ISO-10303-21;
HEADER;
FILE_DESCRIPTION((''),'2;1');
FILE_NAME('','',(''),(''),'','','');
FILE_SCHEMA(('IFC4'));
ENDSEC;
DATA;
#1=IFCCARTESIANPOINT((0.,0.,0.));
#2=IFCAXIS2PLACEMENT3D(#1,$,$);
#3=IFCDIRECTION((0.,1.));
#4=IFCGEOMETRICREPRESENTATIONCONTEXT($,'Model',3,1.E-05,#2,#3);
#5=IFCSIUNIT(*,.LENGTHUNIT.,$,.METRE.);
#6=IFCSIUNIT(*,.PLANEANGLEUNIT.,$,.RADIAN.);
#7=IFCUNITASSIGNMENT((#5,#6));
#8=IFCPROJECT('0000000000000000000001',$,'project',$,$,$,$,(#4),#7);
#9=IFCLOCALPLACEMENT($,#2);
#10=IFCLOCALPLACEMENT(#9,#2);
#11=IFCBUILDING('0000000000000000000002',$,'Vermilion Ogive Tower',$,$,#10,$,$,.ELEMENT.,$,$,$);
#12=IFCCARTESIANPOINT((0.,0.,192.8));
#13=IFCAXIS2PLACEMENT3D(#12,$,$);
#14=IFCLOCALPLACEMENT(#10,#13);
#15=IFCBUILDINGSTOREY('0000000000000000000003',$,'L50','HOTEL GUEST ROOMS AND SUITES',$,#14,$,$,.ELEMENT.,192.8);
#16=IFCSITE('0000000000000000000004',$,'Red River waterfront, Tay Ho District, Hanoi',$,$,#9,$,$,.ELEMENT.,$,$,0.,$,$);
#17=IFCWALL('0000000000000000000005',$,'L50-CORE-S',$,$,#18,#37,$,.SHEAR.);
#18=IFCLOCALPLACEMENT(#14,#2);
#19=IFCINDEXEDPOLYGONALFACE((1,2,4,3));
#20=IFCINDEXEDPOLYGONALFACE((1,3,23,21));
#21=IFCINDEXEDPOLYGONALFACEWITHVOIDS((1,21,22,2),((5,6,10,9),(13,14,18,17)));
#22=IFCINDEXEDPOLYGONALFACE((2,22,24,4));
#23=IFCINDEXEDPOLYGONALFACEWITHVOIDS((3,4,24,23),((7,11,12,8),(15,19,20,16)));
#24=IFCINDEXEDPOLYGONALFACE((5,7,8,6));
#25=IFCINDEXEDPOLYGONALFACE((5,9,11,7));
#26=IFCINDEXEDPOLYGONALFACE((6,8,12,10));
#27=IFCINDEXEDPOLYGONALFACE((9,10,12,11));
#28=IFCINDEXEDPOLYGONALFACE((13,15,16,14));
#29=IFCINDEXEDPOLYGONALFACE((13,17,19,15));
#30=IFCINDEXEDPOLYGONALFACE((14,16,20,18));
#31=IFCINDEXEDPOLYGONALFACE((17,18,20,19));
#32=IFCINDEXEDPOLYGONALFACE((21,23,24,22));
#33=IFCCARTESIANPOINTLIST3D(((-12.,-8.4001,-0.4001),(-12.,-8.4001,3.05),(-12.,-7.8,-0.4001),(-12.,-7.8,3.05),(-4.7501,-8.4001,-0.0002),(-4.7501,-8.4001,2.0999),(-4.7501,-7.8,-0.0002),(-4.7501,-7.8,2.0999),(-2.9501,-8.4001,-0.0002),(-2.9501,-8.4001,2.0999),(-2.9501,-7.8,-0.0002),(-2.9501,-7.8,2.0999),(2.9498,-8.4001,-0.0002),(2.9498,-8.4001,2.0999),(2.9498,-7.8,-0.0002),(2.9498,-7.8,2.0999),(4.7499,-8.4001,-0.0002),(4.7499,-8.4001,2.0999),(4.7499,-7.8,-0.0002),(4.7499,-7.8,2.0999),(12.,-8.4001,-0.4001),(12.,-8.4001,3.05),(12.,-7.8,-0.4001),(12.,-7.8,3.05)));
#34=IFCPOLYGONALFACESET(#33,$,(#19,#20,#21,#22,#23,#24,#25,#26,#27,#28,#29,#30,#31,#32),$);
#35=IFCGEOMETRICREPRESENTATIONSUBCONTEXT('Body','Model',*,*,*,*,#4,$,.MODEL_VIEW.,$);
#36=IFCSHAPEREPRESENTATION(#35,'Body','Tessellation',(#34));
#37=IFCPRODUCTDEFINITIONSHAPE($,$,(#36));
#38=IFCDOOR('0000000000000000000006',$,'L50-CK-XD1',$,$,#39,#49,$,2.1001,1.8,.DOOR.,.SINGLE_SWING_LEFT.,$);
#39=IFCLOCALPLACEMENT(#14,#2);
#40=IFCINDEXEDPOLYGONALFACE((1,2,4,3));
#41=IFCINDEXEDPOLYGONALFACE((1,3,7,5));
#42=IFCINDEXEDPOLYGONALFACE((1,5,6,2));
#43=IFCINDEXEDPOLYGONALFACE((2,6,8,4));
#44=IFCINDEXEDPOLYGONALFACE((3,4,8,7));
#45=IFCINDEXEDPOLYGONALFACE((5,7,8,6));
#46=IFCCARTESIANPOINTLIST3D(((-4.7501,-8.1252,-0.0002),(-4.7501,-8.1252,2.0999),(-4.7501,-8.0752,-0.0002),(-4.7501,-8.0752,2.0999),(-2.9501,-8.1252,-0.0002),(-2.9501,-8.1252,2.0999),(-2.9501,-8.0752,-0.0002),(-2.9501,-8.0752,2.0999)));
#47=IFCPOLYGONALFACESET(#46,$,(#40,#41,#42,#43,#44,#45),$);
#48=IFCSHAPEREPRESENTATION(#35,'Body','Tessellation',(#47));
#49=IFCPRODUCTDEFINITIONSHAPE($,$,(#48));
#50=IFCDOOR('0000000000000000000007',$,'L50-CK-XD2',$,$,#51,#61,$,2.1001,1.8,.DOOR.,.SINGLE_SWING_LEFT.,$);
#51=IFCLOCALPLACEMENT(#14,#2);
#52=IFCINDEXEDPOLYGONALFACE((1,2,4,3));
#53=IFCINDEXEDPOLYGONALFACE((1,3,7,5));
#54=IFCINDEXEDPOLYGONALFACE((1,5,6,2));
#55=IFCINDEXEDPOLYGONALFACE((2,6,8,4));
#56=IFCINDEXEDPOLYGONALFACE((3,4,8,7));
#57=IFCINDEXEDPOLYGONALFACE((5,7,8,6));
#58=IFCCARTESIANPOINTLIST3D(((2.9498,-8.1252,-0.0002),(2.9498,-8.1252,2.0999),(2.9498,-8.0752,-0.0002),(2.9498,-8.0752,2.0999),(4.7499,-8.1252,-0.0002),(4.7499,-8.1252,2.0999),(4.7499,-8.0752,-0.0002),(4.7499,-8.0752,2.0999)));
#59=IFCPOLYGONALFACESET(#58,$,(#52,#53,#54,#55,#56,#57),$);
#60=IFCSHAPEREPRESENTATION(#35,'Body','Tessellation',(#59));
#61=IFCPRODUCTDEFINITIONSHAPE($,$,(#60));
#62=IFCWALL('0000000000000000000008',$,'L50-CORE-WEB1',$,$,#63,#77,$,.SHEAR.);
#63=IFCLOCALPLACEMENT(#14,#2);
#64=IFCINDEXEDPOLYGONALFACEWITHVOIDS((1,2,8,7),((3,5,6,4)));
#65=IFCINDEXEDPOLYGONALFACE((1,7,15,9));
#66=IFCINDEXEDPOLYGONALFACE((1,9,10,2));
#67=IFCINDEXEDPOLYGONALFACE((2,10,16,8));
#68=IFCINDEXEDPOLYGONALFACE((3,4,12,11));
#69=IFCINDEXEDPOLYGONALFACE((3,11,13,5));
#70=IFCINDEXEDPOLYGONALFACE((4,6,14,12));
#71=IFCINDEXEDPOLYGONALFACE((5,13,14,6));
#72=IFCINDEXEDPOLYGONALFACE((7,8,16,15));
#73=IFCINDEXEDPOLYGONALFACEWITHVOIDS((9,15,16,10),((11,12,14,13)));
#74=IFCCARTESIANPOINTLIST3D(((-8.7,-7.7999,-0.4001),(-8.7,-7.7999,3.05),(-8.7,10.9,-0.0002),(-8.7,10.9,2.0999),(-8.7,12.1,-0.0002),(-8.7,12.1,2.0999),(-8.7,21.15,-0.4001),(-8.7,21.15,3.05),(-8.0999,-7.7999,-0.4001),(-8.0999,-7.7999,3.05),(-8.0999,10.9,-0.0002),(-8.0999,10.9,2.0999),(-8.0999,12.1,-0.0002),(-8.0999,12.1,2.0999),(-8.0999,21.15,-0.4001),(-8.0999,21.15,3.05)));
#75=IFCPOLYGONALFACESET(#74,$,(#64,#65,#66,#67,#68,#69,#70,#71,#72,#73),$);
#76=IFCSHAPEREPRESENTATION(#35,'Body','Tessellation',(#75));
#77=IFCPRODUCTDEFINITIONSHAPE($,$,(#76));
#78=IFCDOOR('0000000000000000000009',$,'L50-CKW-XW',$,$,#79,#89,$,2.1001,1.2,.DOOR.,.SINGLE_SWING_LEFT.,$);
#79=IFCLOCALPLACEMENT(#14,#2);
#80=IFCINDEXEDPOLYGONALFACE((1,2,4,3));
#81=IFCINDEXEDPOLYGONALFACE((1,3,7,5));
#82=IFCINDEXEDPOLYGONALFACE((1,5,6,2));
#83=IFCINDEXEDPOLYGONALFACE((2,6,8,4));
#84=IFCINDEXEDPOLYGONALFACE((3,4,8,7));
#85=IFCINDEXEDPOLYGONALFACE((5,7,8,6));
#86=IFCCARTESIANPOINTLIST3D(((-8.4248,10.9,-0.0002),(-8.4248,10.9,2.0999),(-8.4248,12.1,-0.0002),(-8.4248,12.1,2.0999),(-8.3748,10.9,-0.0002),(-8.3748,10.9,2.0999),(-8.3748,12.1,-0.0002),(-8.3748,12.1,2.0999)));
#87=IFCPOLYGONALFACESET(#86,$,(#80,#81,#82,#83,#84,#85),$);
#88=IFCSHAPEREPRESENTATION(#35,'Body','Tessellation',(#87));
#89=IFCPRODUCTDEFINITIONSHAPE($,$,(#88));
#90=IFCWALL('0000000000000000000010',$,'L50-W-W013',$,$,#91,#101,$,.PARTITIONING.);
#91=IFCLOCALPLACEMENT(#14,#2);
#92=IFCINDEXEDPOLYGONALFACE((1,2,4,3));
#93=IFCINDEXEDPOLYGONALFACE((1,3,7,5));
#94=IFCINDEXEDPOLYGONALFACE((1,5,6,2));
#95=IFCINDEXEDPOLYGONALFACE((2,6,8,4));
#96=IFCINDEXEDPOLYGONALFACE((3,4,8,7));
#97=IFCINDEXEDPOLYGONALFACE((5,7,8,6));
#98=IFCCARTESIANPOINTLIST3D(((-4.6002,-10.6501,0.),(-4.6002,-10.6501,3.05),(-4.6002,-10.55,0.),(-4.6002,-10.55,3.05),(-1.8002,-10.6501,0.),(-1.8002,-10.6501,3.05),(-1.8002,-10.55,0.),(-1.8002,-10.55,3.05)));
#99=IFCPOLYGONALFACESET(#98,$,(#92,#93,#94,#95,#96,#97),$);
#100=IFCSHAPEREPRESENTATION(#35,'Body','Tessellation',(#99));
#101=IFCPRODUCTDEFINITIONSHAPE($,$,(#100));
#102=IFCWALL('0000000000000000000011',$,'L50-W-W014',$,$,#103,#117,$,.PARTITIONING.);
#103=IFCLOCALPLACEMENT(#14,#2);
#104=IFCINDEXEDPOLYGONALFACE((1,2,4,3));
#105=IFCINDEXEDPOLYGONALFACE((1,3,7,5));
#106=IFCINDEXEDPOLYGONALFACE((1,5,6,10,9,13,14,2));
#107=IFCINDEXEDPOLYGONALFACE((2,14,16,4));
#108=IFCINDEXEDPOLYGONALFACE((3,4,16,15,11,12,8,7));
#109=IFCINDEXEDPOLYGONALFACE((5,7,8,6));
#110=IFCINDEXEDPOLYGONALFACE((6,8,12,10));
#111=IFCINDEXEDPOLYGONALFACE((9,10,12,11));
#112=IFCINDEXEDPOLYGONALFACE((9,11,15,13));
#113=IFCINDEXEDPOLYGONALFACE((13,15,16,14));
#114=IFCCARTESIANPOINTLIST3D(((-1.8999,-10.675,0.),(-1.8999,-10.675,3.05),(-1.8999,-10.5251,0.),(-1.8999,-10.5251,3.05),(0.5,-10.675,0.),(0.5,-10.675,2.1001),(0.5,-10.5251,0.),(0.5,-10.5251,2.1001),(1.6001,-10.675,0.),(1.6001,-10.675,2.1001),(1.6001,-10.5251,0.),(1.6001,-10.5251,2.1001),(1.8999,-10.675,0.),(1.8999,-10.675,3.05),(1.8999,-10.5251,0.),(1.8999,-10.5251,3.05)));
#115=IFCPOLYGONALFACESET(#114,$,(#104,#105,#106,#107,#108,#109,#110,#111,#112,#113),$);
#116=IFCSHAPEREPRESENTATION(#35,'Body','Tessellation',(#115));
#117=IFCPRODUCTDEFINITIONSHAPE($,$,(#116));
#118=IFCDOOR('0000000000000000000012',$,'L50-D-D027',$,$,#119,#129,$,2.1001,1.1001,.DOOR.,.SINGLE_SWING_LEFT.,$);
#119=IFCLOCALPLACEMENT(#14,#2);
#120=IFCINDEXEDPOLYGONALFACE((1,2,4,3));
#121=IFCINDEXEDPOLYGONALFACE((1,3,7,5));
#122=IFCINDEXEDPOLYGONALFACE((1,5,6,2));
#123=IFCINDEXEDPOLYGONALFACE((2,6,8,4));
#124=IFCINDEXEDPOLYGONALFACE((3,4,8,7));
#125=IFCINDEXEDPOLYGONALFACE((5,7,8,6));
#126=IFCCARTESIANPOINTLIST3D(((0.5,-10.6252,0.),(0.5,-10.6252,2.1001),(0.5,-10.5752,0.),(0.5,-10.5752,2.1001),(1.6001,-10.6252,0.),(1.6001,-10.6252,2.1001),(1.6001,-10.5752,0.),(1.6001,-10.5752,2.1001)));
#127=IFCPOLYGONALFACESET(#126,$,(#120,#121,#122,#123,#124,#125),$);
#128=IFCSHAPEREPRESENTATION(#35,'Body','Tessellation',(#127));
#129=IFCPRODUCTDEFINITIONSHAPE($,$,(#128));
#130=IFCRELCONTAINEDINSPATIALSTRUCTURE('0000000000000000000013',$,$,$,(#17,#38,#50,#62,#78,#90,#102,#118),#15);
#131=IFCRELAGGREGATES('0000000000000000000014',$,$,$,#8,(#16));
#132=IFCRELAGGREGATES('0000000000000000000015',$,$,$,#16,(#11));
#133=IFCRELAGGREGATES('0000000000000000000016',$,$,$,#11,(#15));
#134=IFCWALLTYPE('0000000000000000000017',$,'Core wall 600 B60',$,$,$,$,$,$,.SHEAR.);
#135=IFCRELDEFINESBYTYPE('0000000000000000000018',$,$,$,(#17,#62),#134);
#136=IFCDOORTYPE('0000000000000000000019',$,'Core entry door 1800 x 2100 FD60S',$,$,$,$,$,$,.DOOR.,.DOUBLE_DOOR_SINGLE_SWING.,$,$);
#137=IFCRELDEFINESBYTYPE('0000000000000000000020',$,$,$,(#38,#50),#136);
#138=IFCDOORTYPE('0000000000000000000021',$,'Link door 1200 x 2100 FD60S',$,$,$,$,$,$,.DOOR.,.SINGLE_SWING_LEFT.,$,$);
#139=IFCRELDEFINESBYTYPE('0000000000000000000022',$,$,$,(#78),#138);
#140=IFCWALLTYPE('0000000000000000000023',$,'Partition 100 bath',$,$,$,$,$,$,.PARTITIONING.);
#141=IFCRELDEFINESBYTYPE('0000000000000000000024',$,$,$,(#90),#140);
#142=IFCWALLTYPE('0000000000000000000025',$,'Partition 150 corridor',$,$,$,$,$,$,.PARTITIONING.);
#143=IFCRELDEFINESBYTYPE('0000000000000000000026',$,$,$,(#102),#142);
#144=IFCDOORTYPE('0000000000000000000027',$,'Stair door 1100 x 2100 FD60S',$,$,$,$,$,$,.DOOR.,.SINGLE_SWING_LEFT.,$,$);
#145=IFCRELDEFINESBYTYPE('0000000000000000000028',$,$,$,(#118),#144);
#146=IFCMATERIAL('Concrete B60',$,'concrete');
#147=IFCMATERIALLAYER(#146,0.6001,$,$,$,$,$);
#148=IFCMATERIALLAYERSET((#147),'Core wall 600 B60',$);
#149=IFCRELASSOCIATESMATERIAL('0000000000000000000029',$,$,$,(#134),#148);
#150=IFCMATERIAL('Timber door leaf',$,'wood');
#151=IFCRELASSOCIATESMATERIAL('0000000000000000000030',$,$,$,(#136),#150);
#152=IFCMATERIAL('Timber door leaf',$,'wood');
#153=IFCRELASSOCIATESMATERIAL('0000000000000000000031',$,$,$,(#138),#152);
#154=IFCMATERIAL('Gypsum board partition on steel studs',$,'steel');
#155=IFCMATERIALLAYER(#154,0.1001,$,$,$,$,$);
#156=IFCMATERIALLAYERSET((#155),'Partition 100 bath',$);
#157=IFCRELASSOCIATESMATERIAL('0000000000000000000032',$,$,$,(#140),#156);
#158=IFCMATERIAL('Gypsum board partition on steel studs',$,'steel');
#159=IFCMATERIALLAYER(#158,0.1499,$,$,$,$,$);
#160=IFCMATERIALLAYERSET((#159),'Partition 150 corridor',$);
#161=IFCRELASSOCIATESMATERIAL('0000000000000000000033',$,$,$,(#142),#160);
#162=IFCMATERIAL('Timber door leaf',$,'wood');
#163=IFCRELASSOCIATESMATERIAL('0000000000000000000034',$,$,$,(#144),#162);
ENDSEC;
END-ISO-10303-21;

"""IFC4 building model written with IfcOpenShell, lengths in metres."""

from ifc_helpers import new_model, si_unit, direction, frame, frame_2d, origin, place, context, subcontext, project, spatial, rectangle, extrude, material, layer, layer_set, type_object, element, fill, save


model = new_model("IFC4")

# Units and contexts
model_context = context("Model", 3, precision=1e-05, world=origin(), true_north=direction((0.0, 1.0)))
body_context = subcontext(model_context, "Body", "Model", "MODEL_VIEW")
ifc_project = project(units=[si_unit("LENGTHUNIT", "METRE"), si_unit("PLANEANGLEUNIT", "RADIAN")], contexts=[model_context])

# Site, building, storey
site_placement = place(None, origin())
site = spatial("IfcSite", under=ifc_project, at=site_placement, Name="Red River waterfront, Tay Ho District, Hanoi", CompositionType="ELEMENT", RefElevation=0.0)
building_placement = place(site_placement, origin())
building = spatial("IfcBuilding", under=site, at=building_placement, Name="Vermilion Ogive Tower", CompositionType="ELEMENT")
storey_placement = place(building_placement, frame((0.0, 0.0, 192.8)))
storey = spatial("IfcBuildingStorey", under=building, at=storey_placement, Name="L50", Description="HOTEL GUEST ROOMS AND SUITES", CompositionType="ELEMENT", Elevation=192.8)

# Wall, openings, doors
ifc_material_1 = material(Name="Concrete B60", Category="concrete")
ifc_layer_1 = layer(ifc_material_1, 0.6001)
ifc_layer_set_1 = layer_set([ifc_layer_1], Name="Core wall 600 B60")
wall_type_1 = type_object("IfcWallType", Name="Core wall 600 B60", PredefinedType="SHEAR", material=ifc_layer_set_1)
wall_1_placement = place(storey_placement, frame((-12.0, -8.1001, -0.4001), z_axis=(0.0, 0.0, 1.0), x_axis=(1.0, 0.0, 0.0)))
wall_1 = element("IfcWall", 1, at=wall_1_placement, inside=storey, type_object=wall_type_1, Name="L50-CORE-S", PredefinedType="SHEAR", context=body_context, shape_type="SweptSolid", body=[
    extrude(rectangle(XDim=24.0, YDim=0.6001, at=frame_2d((12.0, 0.0))), origin(), (0.0, 0.0, 1.0), 3.4502),
])
opening_1_placement = place(wall_1_placement, frame((7.25, 0.0, 0.3999)))
opening_1 = element("IfcOpeningElement", 2, at=opening_1_placement, cuts=wall_1, PredefinedType="OPENING", context=body_context, shape_type="SweptSolid", body=[
    extrude(rectangle(XDim=1.8, YDim=2.1001, at=frame_2d((0.8999, 1.05))), frame((0.0, 0.3101, 0.0), z_axis=(0.0, -1.0, 0.0), x_axis=(1.0, 0.0, 0.0)), (0.0, 0.0, 1.0), 0.6201),
])
opening_2_placement = place(wall_1_placement, frame((14.95, 0.0, 0.3999)))
opening_2 = element("IfcOpeningElement", 3, at=opening_2_placement, cuts=wall_1, PredefinedType="OPENING", context=body_context, shape_type="SweptSolid", body=[
    extrude(rectangle(XDim=1.8, YDim=2.1001, at=frame_2d((0.8999, 1.05))), frame((0.0, 0.3101, 0.0), z_axis=(0.0, -1.0, 0.0), x_axis=(1.0, 0.0, 0.0)), (0.0, 0.0, 1.0), 0.6201),
])
ifc_material_2 = material(Name="Timber door leaf", Category="wood")
door_type_1 = type_object("IfcDoorType", Name="Core entry door 1800 x 2100 FD60S", OperationType="DOUBLE_DOOR_SINGLE_SWING", PredefinedType="DOOR", material=ifc_material_2)
door_1_placement = place(opening_1_placement, origin())
door_1 = element("IfcDoor", 4, at=door_1_placement, inside=storey, type_object=door_type_1, Name="L50-CK-XD1", OperationType="SINGLE_SWING_LEFT", OverallHeight=2.1001, OverallWidth=1.8, PredefinedType="DOOR", context=body_context, shape_type="SweptSolid", body=[
    extrude(rectangle(XDim=1.8, YDim=2.1001, at=frame_2d((0.8999, 1.05))), frame((0.0, 0.0249, 0.0), z_axis=(0.0, -1.0, 0.0), x_axis=(1.0, 0.0, 0.0)), (0.0, 0.0, 1.0), 0.05),
])
fill(opening_1, door_1)
door_2_placement = place(opening_2_placement, origin())
door_2 = element("IfcDoor", 5, at=door_2_placement, inside=storey, type_object=door_type_1, Name="L50-CK-XD2", OperationType="SINGLE_SWING_LEFT", OverallHeight=2.1001, OverallWidth=1.8, PredefinedType="DOOR", context=body_context, shape_type="SweptSolid", body=[
    extrude(rectangle(XDim=1.8, YDim=2.1001, at=frame_2d((0.8999, 1.05))), frame((0.0, 0.0249, 0.0), z_axis=(0.0, -1.0, 0.0), x_axis=(1.0, 0.0, 0.0)), (0.0, 0.0, 1.0), 0.05),
])
fill(opening_2, door_2)

# Wall, opening, door
wall_2_placement = place(storey_placement, frame((-8.3999, -7.8, -0.4001), z_axis=(0.0, 0.0, 1.0), x_axis=(0.0, 1.0, 0.0)))
wall_2 = element("IfcWall", 6, at=wall_2_placement, inside=storey, type_object=wall_type_1, Name="L50-CORE-WEB1", PredefinedType="SHEAR", context=body_context, shape_type="SweptSolid", body=[
    extrude(rectangle(XDim=28.95, YDim=0.6001, at=frame_2d((14.4751, 0.0))), origin(), (0.0, 0.0, 1.0), 3.4502),
])
opening_3_placement = place(wall_2_placement, frame((18.7, 0.0, 0.3999)))
opening_3 = element("IfcOpeningElement", 7, at=opening_3_placement, cuts=wall_2, PredefinedType="OPENING", context=body_context, shape_type="SweptSolid", body=[
    extrude(rectangle(XDim=1.2, YDim=2.1001, at=frame_2d((0.6001, 1.05))), frame((0.0, 0.3101, 0.0), z_axis=(0.0, -1.0, 0.0), x_axis=(1.0, 0.0, 0.0)), (0.0, 0.0, 1.0), 0.6201),
])
ifc_material_3 = material(Name="Timber door leaf", Category="wood")
door_type_2 = type_object("IfcDoorType", Name="Link door 1200 x 2100 FD60S", OperationType="SINGLE_SWING_LEFT", PredefinedType="DOOR", material=ifc_material_3)
door_3_placement = place(opening_3_placement, origin())
door_3 = element("IfcDoor", 8, at=door_3_placement, inside=storey, type_object=door_type_2, Name="L50-CKW-XW", OperationType="SINGLE_SWING_LEFT", OverallHeight=2.1001, OverallWidth=1.2, PredefinedType="DOOR", context=body_context, shape_type="SweptSolid", body=[
    extrude(rectangle(XDim=1.2, YDim=2.1001, at=frame_2d((0.6001, 1.05))), frame((0.0, 0.0249, 0.0), z_axis=(0.0, -1.0, 0.0), x_axis=(1.0, 0.0, 0.0)), (0.0, 0.0, 1.0), 0.05),
])
fill(opening_3, door_3)

# Wall
ifc_material_4 = material(Name="Gypsum board partition on steel studs", Category="steel")
ifc_layer_2 = layer(ifc_material_4, 0.1001)
ifc_layer_set_2 = layer_set([ifc_layer_2], Name="Partition 100 bath")
wall_type_2 = type_object("IfcWallType", Name="Partition 100 bath", PredefinedType="PARTITIONING", material=ifc_layer_set_2)
wall_3_placement = place(storey_placement, frame((-4.6001, -10.6001, 0.0), z_axis=(0.0, 0.0, 1.0), x_axis=(1.0, 0.0, 0.0)))
element("IfcWall", 9, at=wall_3_placement, inside=storey, type_object=wall_type_2, Name="L50-W-W013", PredefinedType="PARTITIONING", context=body_context, shape_type="SweptSolid", body=[
    extrude(rectangle(XDim=2.8, YDim=0.1001, at=frame_2d((1.3999, 0.0))), origin(), (0.0, 0.0, 1.0), 3.05),
])

# Wall, opening, door
ifc_material_5 = material(Name="Gypsum board partition on steel studs", Category="steel")
ifc_layer_3 = layer(ifc_material_5, 0.1499)
ifc_layer_set_3 = layer_set([ifc_layer_3], Name="Partition 150 corridor")
wall_type_3 = type_object("IfcWallType", Name="Partition 150 corridor", PredefinedType="PARTITIONING", material=ifc_layer_set_3)
wall_4_placement = place(storey_placement, frame((-1.8999, -10.6001, 0.0), z_axis=(0.0, 0.0, 1.0), x_axis=(1.0, 0.0, 0.0)))
wall_4 = element("IfcWall", 10, at=wall_4_placement, inside=storey, type_object=wall_type_3, Name="L50-W-W014", PredefinedType="PARTITIONING", context=body_context, shape_type="SweptSolid", body=[
    extrude(rectangle(XDim=3.7998, YDim=0.1499, at=frame_2d((1.8999, 0.0))), origin(), (0.0, 0.0, 1.0), 3.05),
])
opening_4_placement = place(wall_4_placement, frame((2.3999, 0.0, 0.0)))
opening_4 = element("IfcOpeningElement", 11, at=opening_4_placement, cuts=wall_4, PredefinedType="OPENING", context=body_context, shape_type="SweptSolid", body=[
    extrude(rectangle(XDim=1.1001, YDim=2.1001, at=frame_2d((0.55, 1.05))), frame((0.0, 0.085, 0.0), z_axis=(0.0, -1.0, 0.0), x_axis=(1.0, 0.0, 0.0)), (0.0, 0.0, 1.0), 0.1699),
])
ifc_material_6 = material(Name="Timber door leaf", Category="wood")
door_type_3 = type_object("IfcDoorType", Name="Stair door 1100 x 2100 FD60S", OperationType="SINGLE_SWING_LEFT", PredefinedType="DOOR", material=ifc_material_6)
door_4_placement = place(opening_4_placement, origin())
door_4 = element("IfcDoor", 12, at=door_4_placement, inside=storey, type_object=door_type_3, Name="L50-D-D027", OperationType="SINGLE_SWING_LEFT", OverallHeight=2.1001, OverallWidth=1.1001, PredefinedType="DOOR", context=body_context, shape_type="SweptSolid", body=[
    extrude(rectangle(XDim=1.1001, YDim=2.1001, at=frame_2d((0.55, 1.05))), frame((0.0, 0.0249, 0.0), z_axis=(0.0, -1.0, 0.0), x_axis=(1.0, 0.0, 0.0)), (0.0, 0.0, 1.0), 0.05),
])
fill(opening_4, door_4)

save(model, "model.ifc")
